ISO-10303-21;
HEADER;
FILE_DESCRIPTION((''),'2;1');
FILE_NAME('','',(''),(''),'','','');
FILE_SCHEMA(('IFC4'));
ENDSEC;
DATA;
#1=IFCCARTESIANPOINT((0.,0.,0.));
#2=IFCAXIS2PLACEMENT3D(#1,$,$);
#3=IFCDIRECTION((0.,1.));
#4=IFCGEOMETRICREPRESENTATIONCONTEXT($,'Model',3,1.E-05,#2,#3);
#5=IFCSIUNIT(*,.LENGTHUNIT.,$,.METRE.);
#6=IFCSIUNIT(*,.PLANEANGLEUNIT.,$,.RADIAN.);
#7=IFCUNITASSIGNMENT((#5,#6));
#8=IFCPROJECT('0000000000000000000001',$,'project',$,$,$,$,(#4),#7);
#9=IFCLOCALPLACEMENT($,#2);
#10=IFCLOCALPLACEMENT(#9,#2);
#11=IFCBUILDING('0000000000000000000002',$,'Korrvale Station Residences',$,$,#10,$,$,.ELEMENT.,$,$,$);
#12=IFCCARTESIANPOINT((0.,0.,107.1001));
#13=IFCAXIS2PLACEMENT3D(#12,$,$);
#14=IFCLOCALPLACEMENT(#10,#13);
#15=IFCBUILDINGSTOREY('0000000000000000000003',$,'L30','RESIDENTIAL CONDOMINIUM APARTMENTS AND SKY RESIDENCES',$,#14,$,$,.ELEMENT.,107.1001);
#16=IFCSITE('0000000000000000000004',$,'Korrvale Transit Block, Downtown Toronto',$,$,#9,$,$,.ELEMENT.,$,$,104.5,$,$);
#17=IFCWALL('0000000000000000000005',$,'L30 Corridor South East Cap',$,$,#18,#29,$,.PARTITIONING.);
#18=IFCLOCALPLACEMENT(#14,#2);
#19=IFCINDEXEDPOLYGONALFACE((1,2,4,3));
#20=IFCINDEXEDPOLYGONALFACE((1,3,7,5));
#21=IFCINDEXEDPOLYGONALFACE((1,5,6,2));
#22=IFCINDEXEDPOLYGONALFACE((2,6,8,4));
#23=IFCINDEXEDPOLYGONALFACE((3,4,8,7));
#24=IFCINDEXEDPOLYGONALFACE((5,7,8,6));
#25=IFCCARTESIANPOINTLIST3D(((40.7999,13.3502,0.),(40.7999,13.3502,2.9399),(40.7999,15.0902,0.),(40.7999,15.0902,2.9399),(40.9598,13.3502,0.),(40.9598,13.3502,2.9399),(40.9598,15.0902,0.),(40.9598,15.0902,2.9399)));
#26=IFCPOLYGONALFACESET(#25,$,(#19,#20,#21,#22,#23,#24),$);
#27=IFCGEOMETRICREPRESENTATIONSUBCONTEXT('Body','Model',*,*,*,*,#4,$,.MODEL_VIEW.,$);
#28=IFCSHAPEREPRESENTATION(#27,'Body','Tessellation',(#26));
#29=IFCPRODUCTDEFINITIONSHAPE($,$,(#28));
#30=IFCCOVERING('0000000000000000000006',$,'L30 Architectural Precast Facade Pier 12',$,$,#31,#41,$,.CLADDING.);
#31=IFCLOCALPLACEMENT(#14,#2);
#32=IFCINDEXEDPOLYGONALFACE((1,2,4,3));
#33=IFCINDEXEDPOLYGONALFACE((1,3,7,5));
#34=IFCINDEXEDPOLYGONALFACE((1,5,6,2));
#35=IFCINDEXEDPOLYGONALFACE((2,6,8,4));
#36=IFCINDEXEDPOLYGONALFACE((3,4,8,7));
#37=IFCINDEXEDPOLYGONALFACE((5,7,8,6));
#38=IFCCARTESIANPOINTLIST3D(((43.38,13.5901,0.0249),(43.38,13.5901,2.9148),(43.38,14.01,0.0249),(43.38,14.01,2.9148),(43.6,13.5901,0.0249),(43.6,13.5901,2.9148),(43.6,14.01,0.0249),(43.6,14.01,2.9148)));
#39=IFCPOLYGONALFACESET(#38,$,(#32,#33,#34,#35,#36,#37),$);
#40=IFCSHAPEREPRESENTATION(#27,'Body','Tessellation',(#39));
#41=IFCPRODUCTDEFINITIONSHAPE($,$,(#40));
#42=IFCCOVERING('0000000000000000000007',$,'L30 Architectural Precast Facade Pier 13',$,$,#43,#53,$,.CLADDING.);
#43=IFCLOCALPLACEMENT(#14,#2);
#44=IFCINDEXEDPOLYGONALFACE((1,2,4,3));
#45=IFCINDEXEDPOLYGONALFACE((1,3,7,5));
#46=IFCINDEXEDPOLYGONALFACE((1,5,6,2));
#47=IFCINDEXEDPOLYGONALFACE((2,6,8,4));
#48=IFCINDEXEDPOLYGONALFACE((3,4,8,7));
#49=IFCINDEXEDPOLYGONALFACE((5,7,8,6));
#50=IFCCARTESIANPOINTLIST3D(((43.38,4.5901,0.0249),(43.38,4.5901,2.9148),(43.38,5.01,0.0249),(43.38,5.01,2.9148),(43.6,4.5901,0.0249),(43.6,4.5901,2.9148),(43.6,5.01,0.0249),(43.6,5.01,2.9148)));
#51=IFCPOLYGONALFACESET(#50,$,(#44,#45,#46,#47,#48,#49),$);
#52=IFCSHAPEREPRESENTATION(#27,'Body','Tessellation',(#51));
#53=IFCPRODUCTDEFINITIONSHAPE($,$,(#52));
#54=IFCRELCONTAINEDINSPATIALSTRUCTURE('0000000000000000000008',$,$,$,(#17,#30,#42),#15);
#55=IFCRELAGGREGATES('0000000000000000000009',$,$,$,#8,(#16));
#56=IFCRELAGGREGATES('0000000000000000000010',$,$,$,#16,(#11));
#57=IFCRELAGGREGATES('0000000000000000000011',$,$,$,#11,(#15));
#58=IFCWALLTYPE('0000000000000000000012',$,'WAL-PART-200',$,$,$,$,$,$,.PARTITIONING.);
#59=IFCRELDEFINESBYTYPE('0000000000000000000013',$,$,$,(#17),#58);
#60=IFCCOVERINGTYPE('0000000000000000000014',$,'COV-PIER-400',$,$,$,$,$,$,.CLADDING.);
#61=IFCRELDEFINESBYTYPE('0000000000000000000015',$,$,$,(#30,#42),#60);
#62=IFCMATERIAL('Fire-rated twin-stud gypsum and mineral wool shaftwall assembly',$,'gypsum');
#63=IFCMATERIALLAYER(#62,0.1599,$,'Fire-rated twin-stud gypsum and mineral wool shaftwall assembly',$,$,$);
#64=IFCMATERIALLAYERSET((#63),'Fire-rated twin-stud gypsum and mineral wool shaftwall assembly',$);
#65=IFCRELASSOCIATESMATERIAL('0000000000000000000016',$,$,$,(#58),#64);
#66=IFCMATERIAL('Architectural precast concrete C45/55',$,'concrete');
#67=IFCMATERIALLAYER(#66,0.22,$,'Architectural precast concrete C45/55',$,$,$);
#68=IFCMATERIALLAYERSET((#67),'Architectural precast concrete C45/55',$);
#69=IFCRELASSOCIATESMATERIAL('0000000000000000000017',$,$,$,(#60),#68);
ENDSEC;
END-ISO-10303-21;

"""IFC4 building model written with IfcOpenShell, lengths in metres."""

from ifc_helpers import new_model, si_unit, direction, frame, frame_2d, origin, origin_2d, place, context, subcontext, project, spatial, rectangle, extrude, material, layer, layer_set, type_object, element, save


model = new_model("IFC4")

# Units and contexts
model_context = context("Model", 3, precision=1e-05, world=origin(), true_north=direction((0.0, 1.0)))
body_context = subcontext(model_context, "Body", "Model", "MODEL_VIEW")
ifc_project = project(units=[si_unit("LENGTHUNIT", "METRE"), si_unit("PLANEANGLEUNIT", "RADIAN")], contexts=[model_context])

# Site, building, storey
site_placement = place(None, origin())
site = spatial("IfcSite", under=ifc_project, at=site_placement, Name="Korrvale Transit Block, Downtown Toronto", CompositionType="ELEMENT", RefElevation=104.5)
building_placement = place(site_placement, origin())
building = spatial("IfcBuilding", under=site, at=building_placement, Name="Korrvale Station Residences", CompositionType="ELEMENT")
storey_placement = place(building_placement, frame((0.0, 0.0, 107.1001)))
storey = spatial("IfcBuildingStorey", under=building, at=storey_placement, Name="L30", Description="RESIDENTIAL CONDOMINIUM APARTMENTS AND SKY RESIDENCES", CompositionType="ELEMENT", Elevation=107.1001)

# Wall
ifc_material_1 = material(Name="Fire-rated twin-stud gypsum and mineral wool shaftwall assembly", Category="gypsum")
ifc_layer_1 = layer(ifc_material_1, 0.1599, Name="Fire-rated twin-stud gypsum and mineral wool shaftwall assembly")
ifc_layer_set_1 = layer_set([ifc_layer_1], Name="Fire-rated twin-stud gypsum and mineral wool shaftwall assembly")
wall_type_1 = type_object("IfcWallType", Name="WAL-PART-200", PredefinedType="PARTITIONING", material=ifc_layer_set_1)
wall_1_placement = place(storey_placement, frame((40.8799, 13.3501, 0.0), z_axis=(0.0, 0.0, 1.0), x_axis=(0.0, 1.0, 0.0)))
element("IfcWall", 1, at=wall_1_placement, inside=storey, type_object=wall_type_1, Name="L30 Corridor South East Cap", PredefinedType="PARTITIONING", context=body_context, shape_type="SweptSolid", body=[
    extrude(rectangle(XDim=1.74, YDim=0.1599, at=frame_2d((0.8701, 0.0))), origin(), (0.0, 0.0, 1.0), 2.9399),
])

# Coverings
ifc_material_2 = material(Name="Architectural precast concrete C45/55", Category="concrete")
ifc_layer_2 = layer(ifc_material_2, 0.22, Name="Architectural precast concrete C45/55")
ifc_layer_set_2 = layer_set([ifc_layer_2], Name="Architectural precast concrete C45/55")
covering_type = type_object("IfcCoveringType", Name="COV-PIER-400", PredefinedType="CLADDING", material=ifc_layer_set_2)
for number, where, z_axis, x_axis, name in (
    (2, (43.49, 13.8, 0.0249), (0.0, 0.0, 1.0), (0.0, 1.0, 0.0), "L30 Architectural Precast Facade Pier 12"),
    (3, (43.49, 4.8, 0.0249), (0.0, 0.0, 1.0), (0.0, 1.0, 0.0), "L30 Architectural Precast Facade Pier 13"),
):
    element("IfcCovering", number, at=place(storey_placement, frame(where, z_axis=z_axis, x_axis=x_axis)), inside=storey, type_object=covering_type, Name=name, PredefinedType="CLADDING", context=body_context, shape_type="SweptSolid", body=[
        extrude(rectangle(XDim=0.4199, YDim=0.22, at=origin_2d()), origin(), (0.0, 0.0, 1.0), 2.8899),
    ])

save(model, "model.ifc")
